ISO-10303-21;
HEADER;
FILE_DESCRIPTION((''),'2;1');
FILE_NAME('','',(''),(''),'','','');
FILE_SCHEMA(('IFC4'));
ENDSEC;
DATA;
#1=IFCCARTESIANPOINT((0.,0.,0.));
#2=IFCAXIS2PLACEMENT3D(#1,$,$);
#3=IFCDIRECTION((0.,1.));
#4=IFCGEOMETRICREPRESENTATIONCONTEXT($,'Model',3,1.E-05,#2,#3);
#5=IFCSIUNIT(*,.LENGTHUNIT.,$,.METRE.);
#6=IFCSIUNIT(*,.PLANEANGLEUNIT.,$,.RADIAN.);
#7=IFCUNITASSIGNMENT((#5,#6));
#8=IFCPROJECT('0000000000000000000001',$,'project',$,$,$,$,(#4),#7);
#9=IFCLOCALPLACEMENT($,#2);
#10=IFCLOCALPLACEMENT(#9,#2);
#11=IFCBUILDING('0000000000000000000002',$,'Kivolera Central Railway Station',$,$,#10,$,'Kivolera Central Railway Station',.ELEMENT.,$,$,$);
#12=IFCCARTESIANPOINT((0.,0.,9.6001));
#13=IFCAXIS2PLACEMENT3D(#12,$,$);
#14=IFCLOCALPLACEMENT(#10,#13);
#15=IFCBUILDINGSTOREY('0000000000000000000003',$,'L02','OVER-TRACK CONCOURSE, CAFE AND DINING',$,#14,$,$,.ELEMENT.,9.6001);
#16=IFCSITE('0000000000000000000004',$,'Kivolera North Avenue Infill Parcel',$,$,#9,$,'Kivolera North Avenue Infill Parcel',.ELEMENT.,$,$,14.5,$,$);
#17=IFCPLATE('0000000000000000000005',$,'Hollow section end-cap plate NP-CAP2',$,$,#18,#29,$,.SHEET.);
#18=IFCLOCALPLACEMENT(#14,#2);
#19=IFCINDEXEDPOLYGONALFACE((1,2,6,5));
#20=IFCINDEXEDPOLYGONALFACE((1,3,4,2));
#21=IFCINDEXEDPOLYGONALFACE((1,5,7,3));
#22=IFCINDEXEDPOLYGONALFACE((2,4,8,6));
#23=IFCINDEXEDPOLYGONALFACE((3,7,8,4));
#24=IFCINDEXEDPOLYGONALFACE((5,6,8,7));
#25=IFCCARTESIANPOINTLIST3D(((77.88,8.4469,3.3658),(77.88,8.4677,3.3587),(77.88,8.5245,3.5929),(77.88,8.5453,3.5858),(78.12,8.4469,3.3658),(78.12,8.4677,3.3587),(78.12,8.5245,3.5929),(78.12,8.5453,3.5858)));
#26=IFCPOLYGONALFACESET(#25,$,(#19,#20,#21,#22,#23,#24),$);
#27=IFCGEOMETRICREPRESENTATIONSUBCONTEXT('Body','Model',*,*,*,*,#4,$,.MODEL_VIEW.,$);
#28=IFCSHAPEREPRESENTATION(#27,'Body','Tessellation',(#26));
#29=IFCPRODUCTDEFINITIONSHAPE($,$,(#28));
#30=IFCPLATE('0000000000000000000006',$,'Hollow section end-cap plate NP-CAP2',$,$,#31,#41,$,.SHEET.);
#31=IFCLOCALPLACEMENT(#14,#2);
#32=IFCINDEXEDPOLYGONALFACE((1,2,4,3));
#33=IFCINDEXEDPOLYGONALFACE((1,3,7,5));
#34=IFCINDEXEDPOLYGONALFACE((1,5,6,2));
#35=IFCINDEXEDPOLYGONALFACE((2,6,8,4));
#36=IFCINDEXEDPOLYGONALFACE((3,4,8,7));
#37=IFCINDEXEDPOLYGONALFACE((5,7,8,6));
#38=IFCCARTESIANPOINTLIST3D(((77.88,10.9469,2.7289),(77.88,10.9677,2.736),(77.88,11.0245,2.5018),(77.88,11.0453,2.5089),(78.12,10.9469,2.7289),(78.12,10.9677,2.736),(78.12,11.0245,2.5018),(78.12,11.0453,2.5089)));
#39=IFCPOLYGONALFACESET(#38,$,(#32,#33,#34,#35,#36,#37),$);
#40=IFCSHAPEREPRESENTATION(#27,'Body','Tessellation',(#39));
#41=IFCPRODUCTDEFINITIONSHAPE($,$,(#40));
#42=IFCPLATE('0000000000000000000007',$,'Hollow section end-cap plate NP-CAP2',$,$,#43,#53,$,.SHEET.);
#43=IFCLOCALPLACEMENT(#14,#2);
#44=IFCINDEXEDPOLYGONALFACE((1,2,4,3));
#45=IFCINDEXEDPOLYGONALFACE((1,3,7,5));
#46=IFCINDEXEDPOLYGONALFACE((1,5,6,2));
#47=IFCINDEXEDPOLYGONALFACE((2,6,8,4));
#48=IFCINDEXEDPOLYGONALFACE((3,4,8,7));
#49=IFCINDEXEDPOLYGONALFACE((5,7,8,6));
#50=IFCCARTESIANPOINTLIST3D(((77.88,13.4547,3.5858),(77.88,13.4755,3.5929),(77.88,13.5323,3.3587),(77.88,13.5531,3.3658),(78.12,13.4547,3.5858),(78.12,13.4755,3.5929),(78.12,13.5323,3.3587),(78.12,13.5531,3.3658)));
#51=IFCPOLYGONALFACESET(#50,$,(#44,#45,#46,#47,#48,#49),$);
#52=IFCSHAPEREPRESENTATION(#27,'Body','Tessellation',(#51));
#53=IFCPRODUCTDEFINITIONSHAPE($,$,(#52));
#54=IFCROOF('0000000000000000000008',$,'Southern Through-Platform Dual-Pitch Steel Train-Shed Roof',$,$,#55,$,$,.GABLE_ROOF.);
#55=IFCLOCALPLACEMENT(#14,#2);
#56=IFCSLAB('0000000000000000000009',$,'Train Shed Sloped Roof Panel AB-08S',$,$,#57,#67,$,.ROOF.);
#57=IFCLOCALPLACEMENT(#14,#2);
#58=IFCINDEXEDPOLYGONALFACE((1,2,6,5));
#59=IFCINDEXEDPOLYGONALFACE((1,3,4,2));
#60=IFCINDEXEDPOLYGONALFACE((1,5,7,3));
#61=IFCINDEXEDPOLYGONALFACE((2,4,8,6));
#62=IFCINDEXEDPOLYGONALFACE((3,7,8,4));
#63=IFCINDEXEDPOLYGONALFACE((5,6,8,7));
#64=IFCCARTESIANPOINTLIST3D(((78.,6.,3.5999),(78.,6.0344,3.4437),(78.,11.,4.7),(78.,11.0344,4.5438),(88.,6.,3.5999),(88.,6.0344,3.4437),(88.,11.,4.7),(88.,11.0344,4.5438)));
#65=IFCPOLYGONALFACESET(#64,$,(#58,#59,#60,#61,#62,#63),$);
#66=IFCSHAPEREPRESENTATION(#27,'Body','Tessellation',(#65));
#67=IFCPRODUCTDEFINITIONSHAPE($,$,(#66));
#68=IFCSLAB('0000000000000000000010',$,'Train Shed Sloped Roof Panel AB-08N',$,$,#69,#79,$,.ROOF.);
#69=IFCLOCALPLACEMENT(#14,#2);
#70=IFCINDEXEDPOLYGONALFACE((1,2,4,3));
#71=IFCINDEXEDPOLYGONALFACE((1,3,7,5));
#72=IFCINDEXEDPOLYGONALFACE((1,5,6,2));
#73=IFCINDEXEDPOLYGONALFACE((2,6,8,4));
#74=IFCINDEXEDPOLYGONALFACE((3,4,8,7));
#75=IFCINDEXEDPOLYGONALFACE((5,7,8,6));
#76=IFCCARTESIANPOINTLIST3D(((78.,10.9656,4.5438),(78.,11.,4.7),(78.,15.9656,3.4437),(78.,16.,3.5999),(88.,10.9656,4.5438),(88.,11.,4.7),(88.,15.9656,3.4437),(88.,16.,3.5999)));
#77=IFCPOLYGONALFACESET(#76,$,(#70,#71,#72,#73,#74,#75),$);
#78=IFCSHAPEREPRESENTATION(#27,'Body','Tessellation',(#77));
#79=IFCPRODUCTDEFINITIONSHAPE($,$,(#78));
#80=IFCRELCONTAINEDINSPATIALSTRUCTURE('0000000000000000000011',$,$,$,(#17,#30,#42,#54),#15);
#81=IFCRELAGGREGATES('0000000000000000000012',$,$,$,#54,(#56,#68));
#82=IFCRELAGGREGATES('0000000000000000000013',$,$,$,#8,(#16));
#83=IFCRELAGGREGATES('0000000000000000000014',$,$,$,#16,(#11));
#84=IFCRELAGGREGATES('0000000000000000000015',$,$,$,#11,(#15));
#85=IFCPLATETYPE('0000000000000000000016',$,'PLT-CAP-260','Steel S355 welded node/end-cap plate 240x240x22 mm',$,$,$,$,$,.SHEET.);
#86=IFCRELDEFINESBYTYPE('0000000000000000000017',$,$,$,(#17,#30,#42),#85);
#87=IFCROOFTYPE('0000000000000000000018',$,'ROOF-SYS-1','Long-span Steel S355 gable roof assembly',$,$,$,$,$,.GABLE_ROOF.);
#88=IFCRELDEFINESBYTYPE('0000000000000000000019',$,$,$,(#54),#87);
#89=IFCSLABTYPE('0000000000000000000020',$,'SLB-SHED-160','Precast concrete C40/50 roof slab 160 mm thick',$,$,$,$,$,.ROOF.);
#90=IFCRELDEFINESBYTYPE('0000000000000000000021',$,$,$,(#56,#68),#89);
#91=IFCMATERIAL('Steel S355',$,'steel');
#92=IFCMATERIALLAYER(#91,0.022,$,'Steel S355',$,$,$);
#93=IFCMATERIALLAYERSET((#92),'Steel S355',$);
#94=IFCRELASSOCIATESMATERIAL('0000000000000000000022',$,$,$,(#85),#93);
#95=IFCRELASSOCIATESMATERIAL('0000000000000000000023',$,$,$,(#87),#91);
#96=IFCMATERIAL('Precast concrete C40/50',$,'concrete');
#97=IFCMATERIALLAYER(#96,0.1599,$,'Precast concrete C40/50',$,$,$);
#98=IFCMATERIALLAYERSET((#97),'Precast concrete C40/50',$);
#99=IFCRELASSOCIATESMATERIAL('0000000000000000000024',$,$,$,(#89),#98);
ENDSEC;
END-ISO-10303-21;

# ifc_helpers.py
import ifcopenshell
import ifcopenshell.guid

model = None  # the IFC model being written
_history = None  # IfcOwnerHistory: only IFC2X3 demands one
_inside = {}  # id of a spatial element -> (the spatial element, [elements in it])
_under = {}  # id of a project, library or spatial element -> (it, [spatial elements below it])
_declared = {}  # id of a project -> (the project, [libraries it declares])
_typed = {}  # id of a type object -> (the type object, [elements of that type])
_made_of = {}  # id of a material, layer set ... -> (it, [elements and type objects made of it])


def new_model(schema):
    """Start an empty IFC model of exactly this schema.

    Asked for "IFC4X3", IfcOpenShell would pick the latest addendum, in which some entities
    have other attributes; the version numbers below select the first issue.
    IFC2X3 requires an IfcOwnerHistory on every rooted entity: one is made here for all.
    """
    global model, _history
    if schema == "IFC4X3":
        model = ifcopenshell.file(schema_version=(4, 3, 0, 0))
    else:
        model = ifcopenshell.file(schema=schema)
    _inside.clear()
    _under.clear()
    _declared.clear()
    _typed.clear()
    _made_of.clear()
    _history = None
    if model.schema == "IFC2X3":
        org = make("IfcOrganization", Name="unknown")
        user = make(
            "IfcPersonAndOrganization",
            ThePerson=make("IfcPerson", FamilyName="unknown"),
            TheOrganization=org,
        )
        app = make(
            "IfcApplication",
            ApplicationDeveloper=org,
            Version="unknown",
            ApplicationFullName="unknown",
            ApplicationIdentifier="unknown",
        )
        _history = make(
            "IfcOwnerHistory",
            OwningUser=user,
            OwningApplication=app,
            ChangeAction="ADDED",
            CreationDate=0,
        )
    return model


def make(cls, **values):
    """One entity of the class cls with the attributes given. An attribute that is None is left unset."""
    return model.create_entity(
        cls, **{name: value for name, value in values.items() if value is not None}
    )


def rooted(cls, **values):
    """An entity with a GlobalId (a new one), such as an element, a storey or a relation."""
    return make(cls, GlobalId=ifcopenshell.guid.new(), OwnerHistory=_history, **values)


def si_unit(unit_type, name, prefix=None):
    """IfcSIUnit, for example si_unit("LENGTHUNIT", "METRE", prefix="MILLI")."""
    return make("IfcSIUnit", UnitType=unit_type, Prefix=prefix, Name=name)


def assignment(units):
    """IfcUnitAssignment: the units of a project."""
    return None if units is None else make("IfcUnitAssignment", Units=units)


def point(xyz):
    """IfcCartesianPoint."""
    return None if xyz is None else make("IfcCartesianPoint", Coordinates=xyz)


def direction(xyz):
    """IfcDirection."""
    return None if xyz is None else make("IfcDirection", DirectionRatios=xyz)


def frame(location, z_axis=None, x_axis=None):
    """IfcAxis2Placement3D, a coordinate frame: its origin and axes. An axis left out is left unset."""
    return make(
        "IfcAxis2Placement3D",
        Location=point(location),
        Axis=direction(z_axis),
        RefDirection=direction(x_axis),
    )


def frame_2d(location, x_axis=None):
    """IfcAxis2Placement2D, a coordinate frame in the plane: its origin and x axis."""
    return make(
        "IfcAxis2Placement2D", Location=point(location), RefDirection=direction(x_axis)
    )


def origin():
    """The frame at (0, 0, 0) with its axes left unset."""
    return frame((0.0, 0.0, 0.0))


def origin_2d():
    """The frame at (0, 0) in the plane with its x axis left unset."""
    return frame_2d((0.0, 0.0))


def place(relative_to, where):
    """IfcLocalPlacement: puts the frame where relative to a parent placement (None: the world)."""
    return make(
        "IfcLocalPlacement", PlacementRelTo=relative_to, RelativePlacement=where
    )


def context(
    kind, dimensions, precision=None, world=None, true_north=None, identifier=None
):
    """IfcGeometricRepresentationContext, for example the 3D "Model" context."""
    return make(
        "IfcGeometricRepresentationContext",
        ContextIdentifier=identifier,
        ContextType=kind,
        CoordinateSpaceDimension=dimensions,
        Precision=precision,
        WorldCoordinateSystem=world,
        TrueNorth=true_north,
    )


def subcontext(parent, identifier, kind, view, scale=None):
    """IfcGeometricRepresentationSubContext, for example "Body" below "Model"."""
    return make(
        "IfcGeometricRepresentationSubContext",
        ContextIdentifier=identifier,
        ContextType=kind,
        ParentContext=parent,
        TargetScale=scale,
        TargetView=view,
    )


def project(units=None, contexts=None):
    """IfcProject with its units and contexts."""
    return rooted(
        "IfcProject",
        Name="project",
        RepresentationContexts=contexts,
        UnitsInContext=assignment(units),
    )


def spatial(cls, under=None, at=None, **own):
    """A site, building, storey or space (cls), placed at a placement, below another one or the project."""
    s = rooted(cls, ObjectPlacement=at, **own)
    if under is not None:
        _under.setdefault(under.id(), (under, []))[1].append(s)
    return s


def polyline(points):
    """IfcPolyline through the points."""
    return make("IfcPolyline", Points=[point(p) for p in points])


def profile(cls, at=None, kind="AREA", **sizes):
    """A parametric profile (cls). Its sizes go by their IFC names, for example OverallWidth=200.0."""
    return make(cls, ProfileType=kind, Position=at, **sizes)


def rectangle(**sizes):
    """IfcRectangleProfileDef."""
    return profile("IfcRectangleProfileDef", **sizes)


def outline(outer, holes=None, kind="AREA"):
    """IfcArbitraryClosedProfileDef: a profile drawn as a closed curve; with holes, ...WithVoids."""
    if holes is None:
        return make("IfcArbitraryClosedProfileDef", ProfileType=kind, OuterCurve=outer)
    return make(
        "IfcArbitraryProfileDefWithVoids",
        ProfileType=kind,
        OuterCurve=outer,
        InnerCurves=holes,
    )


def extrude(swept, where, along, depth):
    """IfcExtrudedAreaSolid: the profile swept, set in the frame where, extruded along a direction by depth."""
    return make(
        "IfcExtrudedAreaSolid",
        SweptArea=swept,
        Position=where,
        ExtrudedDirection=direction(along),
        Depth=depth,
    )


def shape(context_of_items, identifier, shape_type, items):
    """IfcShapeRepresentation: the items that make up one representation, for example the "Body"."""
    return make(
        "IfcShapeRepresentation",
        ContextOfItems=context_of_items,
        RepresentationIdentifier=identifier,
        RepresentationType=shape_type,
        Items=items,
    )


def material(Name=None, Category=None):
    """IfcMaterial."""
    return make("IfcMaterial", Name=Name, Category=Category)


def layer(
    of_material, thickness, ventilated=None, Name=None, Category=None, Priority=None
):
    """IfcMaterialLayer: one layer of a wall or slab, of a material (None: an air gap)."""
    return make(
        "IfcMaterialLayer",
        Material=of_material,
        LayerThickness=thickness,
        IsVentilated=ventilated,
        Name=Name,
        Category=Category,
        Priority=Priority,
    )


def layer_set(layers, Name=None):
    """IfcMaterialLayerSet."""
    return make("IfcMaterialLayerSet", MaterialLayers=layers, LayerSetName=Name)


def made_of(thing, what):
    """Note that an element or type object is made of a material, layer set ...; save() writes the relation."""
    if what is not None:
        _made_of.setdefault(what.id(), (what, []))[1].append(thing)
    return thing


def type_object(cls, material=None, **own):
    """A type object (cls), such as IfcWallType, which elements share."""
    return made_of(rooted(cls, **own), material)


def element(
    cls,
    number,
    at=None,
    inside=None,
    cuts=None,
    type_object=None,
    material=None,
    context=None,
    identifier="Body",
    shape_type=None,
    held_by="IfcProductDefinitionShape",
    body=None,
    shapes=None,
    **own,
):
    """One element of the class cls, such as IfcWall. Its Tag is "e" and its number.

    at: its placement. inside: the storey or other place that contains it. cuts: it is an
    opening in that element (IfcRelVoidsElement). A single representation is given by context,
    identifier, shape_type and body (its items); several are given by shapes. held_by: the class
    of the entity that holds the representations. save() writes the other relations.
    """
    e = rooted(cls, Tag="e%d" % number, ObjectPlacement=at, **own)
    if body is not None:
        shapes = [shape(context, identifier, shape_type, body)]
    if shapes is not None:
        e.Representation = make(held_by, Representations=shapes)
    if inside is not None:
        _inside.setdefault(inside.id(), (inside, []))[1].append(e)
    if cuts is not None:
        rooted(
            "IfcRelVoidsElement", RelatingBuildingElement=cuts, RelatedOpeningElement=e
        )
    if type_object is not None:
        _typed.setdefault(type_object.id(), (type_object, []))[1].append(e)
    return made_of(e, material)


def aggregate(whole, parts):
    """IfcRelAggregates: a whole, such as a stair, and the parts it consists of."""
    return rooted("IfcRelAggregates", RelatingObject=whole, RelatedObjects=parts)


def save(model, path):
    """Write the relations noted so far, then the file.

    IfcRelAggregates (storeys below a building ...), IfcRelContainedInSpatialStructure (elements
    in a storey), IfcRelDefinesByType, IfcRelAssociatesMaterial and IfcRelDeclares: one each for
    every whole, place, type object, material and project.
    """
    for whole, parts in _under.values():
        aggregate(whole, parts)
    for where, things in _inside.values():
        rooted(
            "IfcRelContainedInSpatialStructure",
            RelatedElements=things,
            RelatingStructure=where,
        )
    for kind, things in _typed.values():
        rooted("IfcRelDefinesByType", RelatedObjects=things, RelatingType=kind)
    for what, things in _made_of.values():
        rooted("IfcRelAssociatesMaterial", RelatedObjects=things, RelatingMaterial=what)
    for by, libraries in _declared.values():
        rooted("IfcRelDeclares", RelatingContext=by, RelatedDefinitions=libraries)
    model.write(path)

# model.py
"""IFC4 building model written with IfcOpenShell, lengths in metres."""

from ifc_helpers import new_model, si_unit, direction, frame, origin, origin_2d, place, context, subcontext, project, spatial, polyline, rectangle, outline, extrude, material, layer, layer_set, type_object, element, aggregate, save


model = new_model("IFC4")

# Units and contexts
model_context = context("Model", 3, precision=1e-05, world=origin(), true_north=direction((0.0, 1.0)))
body_context = subcontext(model_context, "Body", "Model", "MODEL_VIEW")
ifc_project = project(units=[si_unit("LENGTHUNIT", "METRE"), si_unit("PLANEANGLEUNIT", "RADIAN")], contexts=[model_context])

# Site, building, storey
site_placement = place(None, origin())
site = spatial("IfcSite", under=ifc_project, at=site_placement, Name="Kivolera North Avenue Infill Parcel", LongName="Kivolera North Avenue Infill Parcel", CompositionType="ELEMENT", RefElevation=14.5)
building_placement = place(site_placement, origin())
building = spatial("IfcBuilding", under=site, at=building_placement, Name="Kivolera Central Railway Station", LongName="Kivolera Central Railway Station", CompositionType="ELEMENT")
storey_placement = place(building_placement, frame((0.0, 0.0, 9.6001)))
storey = spatial("IfcBuildingStorey", under=building, at=storey_placement, Name="L02", Description="OVER-TRACK CONCOURSE, CAFE AND DINING", CompositionType="ELEMENT", Elevation=9.6001)

# Shared definitions
ifc_material_1 = material(Name="Steel S355", Category="steel")

# Plates
ifc_layer_1 = layer(ifc_material_1, 0.022, Name="Steel S355")
ifc_layer_set_1 = layer_set([ifc_layer_1], Name="Steel S355")
plate_type = type_object("IfcPlateType", Name="PLT-CAP-260", Description="Steel S355 welded node/end-cap plate 240x240x22 mm", PredefinedType="SHEET", material=ifc_layer_set_1)
for number, where, z_axis, x_axis, name in (
    (1, (78.0, 8.4961, 3.4758), (0.0, -0.946194, 0.323599), (1.0, 0.0, 0.0), "Hollow section end-cap plate NP-CAP2"),
    (2, (78.0, 10.9961, 2.6189), (0.0, 0.946194, 0.323599), (-1.0, 0.0, 0.0), "Hollow section end-cap plate NP-CAP2"),
    (3, (78.0, 13.5039, 3.4758), (0.0, 0.946194, 0.323599), (-1.0, 0.0, 0.0), "Hollow section end-cap plate NP-CAP2"),
):
    element("IfcPlate", number, at=place(storey_placement, frame(where, z_axis=z_axis, x_axis=x_axis)), inside=storey, type_object=plate_type, Name=name, PredefinedType="SHEET", context=body_context, shape_type="SweptSolid", body=[
        extrude(rectangle(XDim=0.24, YDim=0.24, at=origin_2d()), frame((0.0, 0.0, -0.011)), (0.0, 0.0, 1.0), 0.022),
    ])

# Roof, slabs
roof_type = type_object("IfcRoofType", Name="ROOF-SYS-1", Description="Long-span Steel S355 gable roof assembly", PredefinedType="GABLE_ROOF", material=ifc_material_1)
roof_placement = place(storey_placement, origin())
roof = element("IfcRoof", 4, at=roof_placement, inside=storey, type_object=roof_type, Name="Southern Through-Platform Dual-Pitch Steel Train-Shed Roof", PredefinedType="GABLE_ROOF")
ifc_material_2 = material(Name="Precast concrete C40/50", Category="concrete")
ifc_layer_2 = layer(ifc_material_2, 0.1599, Name="Precast concrete C40/50")
ifc_layer_set_2 = layer_set([ifc_layer_2], Name="Precast concrete C40/50")
slab_type = type_object("IfcSlabType", Name="SLB-SHED-160", Description="Precast concrete C40/50 roof slab 160 mm thick", PredefinedType="ROOF", material=ifc_layer_set_2)
slab_1_placement = place(storey_placement, frame((78.0, 6.0, 3.5999), z_axis=(0.0, -0.21488, 0.97664), x_axis=(1.0, 0.0, 0.0)))
slab_1 = element("IfcSlab", 5, at=slab_1_placement, type_object=slab_type, Name="Train Shed Sloped Roof Panel AB-08S", PredefinedType="ROOF", context=body_context, shape_type="SweptSolid", body=[
    extrude(outline(polyline([(0.0, 0.0), (10.0, 0.0), (10.0, 5.1196), (0.0, 5.1196), (0.0, 0.0)])), origin(), (0.0, 0.0, -1.0), 0.1599),
])
slab_2_placement = place(storey_placement, frame((78.0, 11.0, 4.7), z_axis=(0.0, 0.21488, 0.97664), x_axis=(1.0, 0.0, 0.0)))
slab_2 = element("IfcSlab", 6, at=slab_2_placement, type_object=slab_type, Name="Train Shed Sloped Roof Panel AB-08N", PredefinedType="ROOF", context=body_context, shape_type="SweptSolid", body=[
    extrude(outline(polyline([(0.0, 0.0), (10.0, 0.0), (10.0, 5.1196), (0.0, 5.1196), (0.0, 0.0)])), origin(), (0.0, 0.0, -1.0), 0.1599),
])
aggregate(roof, [slab_1, slab_2])

save(model, "model.ifc")
